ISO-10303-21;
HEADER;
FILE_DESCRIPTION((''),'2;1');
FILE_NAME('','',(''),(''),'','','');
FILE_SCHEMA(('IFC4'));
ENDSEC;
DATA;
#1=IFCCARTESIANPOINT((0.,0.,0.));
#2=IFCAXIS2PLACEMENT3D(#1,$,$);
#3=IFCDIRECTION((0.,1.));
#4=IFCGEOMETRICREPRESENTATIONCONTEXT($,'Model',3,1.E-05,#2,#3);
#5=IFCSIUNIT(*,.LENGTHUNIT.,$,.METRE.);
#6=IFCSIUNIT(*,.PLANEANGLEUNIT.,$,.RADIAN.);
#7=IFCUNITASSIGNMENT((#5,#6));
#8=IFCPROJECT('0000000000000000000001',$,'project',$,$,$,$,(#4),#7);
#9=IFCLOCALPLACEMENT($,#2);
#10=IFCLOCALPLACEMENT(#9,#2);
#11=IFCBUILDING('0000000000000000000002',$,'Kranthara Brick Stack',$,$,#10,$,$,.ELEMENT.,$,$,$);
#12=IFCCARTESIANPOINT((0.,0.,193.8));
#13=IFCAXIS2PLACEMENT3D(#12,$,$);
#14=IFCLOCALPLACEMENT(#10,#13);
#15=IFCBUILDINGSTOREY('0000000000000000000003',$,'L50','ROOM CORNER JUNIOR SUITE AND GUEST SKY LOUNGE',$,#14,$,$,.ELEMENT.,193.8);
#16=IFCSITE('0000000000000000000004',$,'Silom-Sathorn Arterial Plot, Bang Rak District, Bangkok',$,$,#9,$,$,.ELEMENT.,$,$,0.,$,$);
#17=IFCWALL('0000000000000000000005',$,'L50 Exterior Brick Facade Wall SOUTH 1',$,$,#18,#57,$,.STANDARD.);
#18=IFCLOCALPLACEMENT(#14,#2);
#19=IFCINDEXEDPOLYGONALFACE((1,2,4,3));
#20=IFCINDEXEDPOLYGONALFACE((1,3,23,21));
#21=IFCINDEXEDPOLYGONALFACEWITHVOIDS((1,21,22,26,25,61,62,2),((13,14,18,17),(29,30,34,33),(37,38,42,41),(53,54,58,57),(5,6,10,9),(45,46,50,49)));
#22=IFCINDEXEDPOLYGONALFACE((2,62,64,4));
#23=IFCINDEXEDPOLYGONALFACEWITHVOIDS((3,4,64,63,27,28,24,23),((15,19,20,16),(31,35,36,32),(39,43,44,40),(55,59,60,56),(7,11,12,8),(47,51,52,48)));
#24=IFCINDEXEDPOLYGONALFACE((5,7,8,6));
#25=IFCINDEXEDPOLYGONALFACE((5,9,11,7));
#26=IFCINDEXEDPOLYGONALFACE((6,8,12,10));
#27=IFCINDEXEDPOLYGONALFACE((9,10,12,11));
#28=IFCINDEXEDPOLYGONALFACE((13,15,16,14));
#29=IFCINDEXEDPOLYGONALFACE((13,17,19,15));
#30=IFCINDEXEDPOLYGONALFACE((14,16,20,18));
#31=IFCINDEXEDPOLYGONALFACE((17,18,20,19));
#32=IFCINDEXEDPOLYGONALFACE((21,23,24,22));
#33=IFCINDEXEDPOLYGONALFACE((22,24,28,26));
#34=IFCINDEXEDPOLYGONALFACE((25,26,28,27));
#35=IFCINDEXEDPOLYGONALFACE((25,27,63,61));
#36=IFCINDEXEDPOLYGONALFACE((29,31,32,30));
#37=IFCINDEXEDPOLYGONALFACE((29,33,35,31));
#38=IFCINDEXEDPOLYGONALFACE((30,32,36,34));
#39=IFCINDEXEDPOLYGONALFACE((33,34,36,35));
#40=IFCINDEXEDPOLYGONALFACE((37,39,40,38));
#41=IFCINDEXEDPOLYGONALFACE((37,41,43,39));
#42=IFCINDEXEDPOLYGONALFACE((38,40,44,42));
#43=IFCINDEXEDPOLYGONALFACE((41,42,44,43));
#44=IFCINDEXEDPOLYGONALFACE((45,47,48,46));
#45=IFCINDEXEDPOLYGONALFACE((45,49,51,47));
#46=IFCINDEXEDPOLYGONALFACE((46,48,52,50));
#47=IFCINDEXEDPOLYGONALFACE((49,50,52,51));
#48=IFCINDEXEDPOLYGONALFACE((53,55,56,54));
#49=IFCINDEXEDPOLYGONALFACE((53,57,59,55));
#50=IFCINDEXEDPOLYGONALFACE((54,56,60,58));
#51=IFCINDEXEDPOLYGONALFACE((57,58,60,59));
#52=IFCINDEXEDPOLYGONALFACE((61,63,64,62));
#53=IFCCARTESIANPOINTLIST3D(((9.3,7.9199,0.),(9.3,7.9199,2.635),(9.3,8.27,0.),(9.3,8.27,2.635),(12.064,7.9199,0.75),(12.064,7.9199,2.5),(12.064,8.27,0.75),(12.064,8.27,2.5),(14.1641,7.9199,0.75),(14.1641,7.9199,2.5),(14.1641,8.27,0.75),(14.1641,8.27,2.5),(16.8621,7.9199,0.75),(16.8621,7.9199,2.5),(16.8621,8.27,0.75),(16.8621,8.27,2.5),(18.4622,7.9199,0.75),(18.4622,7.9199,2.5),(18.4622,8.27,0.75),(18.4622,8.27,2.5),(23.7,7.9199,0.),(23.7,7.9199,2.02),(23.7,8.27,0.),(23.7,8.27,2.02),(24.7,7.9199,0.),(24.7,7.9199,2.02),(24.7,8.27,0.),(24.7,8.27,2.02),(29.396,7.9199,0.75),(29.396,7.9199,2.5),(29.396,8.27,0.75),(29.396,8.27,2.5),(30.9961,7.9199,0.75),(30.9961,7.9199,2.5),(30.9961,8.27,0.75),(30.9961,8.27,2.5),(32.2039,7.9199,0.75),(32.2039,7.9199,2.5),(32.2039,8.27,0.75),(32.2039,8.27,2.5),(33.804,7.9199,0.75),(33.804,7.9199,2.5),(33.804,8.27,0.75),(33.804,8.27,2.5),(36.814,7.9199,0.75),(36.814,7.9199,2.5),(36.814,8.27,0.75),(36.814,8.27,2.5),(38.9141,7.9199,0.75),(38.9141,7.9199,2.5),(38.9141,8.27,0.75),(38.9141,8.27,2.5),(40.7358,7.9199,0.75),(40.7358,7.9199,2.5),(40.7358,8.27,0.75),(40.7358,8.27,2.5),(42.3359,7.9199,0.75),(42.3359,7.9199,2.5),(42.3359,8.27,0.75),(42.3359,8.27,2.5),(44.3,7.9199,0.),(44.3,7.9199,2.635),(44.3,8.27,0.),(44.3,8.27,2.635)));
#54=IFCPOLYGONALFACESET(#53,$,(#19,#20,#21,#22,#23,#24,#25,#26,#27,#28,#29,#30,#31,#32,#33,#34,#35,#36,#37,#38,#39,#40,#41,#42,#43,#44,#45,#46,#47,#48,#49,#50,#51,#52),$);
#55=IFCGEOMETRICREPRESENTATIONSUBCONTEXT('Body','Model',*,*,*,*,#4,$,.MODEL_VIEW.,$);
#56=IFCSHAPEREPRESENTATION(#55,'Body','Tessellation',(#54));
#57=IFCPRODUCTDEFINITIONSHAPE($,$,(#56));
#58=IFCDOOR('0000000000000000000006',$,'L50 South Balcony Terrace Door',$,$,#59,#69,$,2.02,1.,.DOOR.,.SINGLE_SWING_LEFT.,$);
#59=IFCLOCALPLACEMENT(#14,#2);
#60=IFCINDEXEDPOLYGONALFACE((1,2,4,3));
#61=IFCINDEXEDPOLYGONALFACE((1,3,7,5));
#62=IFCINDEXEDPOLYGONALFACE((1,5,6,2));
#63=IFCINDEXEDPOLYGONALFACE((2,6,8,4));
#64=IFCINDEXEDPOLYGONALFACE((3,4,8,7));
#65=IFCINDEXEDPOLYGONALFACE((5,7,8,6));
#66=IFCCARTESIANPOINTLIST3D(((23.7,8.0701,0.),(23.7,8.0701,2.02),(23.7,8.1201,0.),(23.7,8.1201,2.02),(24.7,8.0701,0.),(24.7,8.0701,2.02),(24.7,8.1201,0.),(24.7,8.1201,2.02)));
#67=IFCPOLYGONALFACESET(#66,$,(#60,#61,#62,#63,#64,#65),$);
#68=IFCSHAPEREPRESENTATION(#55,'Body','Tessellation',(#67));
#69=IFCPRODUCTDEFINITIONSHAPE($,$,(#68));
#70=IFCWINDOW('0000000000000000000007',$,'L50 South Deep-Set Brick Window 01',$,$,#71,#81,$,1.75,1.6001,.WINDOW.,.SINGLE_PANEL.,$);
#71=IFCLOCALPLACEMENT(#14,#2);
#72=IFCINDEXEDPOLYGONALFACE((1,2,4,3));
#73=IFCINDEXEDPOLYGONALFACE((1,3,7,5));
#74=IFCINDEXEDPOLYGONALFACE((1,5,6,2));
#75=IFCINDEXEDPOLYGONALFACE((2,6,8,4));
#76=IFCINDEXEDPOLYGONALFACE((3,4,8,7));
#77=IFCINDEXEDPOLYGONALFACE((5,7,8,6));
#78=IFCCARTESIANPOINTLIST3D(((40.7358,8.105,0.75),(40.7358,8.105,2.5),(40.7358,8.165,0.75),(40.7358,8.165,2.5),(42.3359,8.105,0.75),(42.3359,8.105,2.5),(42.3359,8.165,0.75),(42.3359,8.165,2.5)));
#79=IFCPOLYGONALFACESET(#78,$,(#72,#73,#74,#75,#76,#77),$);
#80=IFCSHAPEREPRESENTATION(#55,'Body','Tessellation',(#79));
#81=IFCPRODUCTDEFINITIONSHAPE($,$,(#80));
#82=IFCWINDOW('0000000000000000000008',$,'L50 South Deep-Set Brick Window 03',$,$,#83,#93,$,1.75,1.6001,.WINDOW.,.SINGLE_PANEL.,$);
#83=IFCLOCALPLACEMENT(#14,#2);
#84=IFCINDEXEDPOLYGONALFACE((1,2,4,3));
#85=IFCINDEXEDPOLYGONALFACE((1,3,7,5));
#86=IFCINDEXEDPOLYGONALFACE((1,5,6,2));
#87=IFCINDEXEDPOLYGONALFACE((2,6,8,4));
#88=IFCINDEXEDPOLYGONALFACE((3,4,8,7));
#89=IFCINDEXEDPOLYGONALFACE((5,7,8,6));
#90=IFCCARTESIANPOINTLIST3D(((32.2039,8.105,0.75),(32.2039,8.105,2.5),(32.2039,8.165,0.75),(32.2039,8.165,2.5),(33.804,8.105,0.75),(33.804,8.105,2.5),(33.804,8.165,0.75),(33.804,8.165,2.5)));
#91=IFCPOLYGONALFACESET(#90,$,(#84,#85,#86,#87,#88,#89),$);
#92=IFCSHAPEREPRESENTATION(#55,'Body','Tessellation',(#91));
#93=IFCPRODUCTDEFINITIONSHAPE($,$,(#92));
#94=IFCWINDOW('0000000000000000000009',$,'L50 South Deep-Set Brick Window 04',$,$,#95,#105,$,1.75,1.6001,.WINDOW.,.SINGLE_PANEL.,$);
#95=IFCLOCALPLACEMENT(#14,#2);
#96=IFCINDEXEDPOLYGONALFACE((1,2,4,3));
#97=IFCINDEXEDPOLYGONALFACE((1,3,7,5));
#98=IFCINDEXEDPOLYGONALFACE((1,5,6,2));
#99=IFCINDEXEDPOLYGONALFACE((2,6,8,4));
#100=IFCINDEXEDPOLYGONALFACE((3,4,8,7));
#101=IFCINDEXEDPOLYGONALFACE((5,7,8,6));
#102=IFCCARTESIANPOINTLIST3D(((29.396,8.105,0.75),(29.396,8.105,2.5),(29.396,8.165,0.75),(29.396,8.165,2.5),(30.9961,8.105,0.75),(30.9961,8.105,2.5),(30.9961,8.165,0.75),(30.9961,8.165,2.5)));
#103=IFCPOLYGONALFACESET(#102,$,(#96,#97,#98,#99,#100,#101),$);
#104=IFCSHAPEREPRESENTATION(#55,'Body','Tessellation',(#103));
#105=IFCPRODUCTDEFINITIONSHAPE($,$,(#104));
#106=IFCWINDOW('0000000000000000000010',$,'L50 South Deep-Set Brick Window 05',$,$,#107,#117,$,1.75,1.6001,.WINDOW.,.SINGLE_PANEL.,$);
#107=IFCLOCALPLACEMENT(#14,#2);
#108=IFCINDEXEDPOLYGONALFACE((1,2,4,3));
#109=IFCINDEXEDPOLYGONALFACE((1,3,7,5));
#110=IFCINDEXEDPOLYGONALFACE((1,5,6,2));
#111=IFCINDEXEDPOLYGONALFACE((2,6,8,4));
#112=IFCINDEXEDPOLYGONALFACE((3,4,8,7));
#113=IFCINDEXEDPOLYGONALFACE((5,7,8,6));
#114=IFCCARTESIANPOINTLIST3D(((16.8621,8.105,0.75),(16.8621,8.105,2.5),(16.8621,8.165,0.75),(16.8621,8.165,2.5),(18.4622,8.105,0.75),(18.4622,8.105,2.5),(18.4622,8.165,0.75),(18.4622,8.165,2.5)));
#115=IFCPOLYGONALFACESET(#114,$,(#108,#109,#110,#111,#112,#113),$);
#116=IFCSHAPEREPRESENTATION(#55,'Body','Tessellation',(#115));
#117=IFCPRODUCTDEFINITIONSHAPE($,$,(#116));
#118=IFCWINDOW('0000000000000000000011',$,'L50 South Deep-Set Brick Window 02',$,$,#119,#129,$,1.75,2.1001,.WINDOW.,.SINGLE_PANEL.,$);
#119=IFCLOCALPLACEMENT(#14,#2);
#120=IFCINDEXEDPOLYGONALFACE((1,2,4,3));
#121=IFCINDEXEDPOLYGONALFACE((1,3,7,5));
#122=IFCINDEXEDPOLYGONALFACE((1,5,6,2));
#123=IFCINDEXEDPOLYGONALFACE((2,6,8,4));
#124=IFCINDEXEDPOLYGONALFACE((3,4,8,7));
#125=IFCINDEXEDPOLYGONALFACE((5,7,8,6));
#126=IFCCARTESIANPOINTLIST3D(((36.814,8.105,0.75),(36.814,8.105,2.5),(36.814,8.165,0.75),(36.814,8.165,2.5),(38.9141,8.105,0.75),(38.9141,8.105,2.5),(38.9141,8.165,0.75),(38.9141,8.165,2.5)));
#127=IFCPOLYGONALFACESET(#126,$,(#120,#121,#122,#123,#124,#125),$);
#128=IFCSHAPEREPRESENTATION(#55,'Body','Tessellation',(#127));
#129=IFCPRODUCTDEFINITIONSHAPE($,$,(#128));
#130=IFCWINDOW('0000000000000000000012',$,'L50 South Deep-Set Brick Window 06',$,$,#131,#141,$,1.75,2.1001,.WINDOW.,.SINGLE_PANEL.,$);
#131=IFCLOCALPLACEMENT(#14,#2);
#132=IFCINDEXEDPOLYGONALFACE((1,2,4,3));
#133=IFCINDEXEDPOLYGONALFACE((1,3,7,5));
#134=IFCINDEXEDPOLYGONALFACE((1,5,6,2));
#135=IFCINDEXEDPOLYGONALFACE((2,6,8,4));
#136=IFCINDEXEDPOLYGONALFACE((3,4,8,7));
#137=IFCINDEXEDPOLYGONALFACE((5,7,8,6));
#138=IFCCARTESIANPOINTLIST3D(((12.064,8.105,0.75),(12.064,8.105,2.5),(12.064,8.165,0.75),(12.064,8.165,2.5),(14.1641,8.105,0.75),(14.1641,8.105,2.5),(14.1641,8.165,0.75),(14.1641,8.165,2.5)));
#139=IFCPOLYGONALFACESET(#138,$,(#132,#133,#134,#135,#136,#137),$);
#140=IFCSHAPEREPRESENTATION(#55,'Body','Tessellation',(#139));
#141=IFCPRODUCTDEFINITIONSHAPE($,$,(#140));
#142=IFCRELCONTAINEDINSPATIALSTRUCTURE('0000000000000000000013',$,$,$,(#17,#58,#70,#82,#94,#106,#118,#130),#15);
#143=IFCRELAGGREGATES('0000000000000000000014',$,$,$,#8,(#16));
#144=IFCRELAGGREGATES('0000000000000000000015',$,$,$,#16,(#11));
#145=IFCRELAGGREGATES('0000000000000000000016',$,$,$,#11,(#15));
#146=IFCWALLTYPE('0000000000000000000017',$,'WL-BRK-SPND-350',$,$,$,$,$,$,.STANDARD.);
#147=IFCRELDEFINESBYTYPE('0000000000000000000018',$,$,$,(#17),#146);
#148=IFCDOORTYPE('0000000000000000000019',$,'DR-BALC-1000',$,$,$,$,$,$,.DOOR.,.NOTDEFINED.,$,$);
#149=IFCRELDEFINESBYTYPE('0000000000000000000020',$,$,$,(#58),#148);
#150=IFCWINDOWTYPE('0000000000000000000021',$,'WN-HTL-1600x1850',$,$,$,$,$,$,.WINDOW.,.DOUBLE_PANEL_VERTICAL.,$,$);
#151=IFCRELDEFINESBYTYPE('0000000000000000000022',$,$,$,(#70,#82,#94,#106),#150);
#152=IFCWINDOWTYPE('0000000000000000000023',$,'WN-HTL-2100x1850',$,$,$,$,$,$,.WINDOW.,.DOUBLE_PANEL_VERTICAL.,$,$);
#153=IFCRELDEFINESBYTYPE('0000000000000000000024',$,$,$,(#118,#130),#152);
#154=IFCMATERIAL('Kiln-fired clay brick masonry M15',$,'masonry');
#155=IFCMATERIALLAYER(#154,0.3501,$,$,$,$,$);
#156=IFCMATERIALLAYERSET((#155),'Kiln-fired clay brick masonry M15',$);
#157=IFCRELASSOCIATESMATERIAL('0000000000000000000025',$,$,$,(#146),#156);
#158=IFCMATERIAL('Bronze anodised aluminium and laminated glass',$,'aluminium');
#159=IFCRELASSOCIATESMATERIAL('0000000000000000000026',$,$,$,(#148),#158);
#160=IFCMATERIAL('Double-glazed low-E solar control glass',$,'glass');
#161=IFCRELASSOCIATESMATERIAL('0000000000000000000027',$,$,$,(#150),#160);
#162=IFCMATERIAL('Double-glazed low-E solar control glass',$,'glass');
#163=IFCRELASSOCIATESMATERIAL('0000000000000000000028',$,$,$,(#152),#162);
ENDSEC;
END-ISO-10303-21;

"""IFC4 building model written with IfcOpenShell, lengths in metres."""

from ifc_helpers import new_model, si_unit, direction, frame, frame_2d, origin, place, context, subcontext, project, spatial, rectangle, extrude, material, layer, layer_set, type_object, element, fill, save


model = new_model("IFC4")

# Units and contexts
model_context = context("Model", 3, precision=1e-05, world=origin(), true_north=direction((0.0, 1.0)))
body_context = subcontext(model_context, "Body", "Model", "MODEL_VIEW")
ifc_project = project(units=[si_unit("LENGTHUNIT", "METRE"), si_unit("PLANEANGLEUNIT", "RADIAN")], contexts=[model_context])

# Site, building, storey
site_placement = place(None, origin())
site = spatial("IfcSite", under=ifc_project, at=site_placement, Name="Silom-Sathorn Arterial Plot, Bang Rak District, Bangkok", CompositionType="ELEMENT", RefElevation=0.0)
building_placement = place(site_placement, origin())
building = spatial("IfcBuilding", under=site, at=building_placement, Name="Kranthara Brick Stack", CompositionType="ELEMENT")
storey_placement = place(building_placement, frame((0.0, 0.0, 193.8)))
storey = spatial("IfcBuildingStorey", under=building, at=storey_placement, Name="L50", Description="ROOM CORNER JUNIOR SUITE AND GUEST SKY LOUNGE", CompositionType="ELEMENT", Elevation=193.8)

# Wall, openings, door, windows
ifc_material_1 = material(Name="Kiln-fired clay brick masonry M15", Category="masonry")
ifc_layer_1 = layer(ifc_material_1, 0.3501)
ifc_layer_set_1 = layer_set([ifc_layer_1], Name="Kiln-fired clay brick masonry M15")
wall_type_1 = type_object("IfcWallType", Name="WL-BRK-SPND-350", PredefinedType="STANDARD", material=ifc_layer_set_1)
wall_1_placement = place(storey_placement, frame((44.3, 8.095, 0.0), z_axis=(0.0, 0.0, 1.0), x_axis=(-1.0, 0.0, 0.0)))
wall_1 = element("IfcWall", 1, at=wall_1_placement, inside=storey, type_object=wall_type_1, Name="L50 Exterior Brick Facade Wall SOUTH 1", PredefinedType="STANDARD", context=body_context, shape_type="SweptSolid", body=[
    extrude(rectangle(XDim=35.0, YDim=0.3501, at=frame_2d((17.5, 0.0))), origin(), (0.0, 0.0, 1.0), 2.635),
])
opening_1_placement = place(wall_1_placement, frame((19.6001, 0.0, 0.0)))
opening_1 = element("IfcOpeningElement", 2, at=opening_1_placement, cuts=wall_1, PredefinedType="OPENING", context=body_context, shape_type="SweptSolid", body=[
    extrude(rectangle(XDim=1.0, YDim=2.02, at=frame_2d((0.5, 1.01))), frame((0.0, 0.1851, 0.0), z_axis=(0.0, -1.0, 0.0), x_axis=(1.0, 0.0, 0.0)), (0.0, 0.0, 1.0), 0.3701),
])
opening_2_placement = place(wall_1_placement, frame((1.9641, 0.0, 0.75)))
opening_2 = element("IfcOpeningElement", 3, at=opening_2_placement, cuts=wall_1, PredefinedType="OPENING", context=body_context, shape_type="SweptSolid", body=[
    extrude(rectangle(XDim=1.6001, YDim=1.75, at=frame_2d((0.8, 0.875))), frame((0.0, 0.1851, 0.0), z_axis=(0.0, -1.0, 0.0), x_axis=(1.0, 0.0, 0.0)), (0.0, 0.0, 1.0), 0.3701),
])
opening_3_placement = place(wall_1_placement, frame((5.386, 0.0, 0.75)))
opening_3 = element("IfcOpeningElement", 4, at=opening_3_placement, cuts=wall_1, PredefinedType="OPENING", context=body_context, shape_type="SweptSolid", body=[
    extrude(rectangle(XDim=2.1001, YDim=1.75, at=frame_2d((1.05, 0.875))), frame((0.0, 0.1851, 0.0), z_axis=(0.0, -1.0, 0.0), x_axis=(1.0, 0.0, 0.0)), (0.0, 0.0, 1.0), 0.3701),
])
opening_4_placement = place(wall_1_placement, frame((10.4961, 0.0, 0.75)))
opening_4 = element("IfcOpeningElement", 5, at=opening_4_placement, cuts=wall_1, PredefinedType="OPENING", context=body_context, shape_type="SweptSolid", body=[
    extrude(rectangle(XDim=1.6001, YDim=1.75, at=frame_2d((0.8, 0.875))), frame((0.0, 0.1851, 0.0), z_axis=(0.0, -1.0, 0.0), x_axis=(1.0, 0.0, 0.0)), (0.0, 0.0, 1.0), 0.3701),
])
opening_5_placement = place(wall_1_placement, frame((13.304, 0.0, 0.75)))
opening_5 = element("IfcOpeningElement", 6, at=opening_5_placement, cuts=wall_1, PredefinedType="OPENING", context=body_context, shape_type="SweptSolid", body=[
    extrude(rectangle(XDim=1.6001, YDim=1.75, at=frame_2d((0.8, 0.875))), frame((0.0, 0.1851, 0.0), z_axis=(0.0, -1.0, 0.0), x_axis=(1.0, 0.0, 0.0)), (0.0, 0.0, 1.0), 0.3701),
])
opening_6_placement = place(wall_1_placement, frame((25.8379, 0.0, 0.75)))
opening_6 = element("IfcOpeningElement", 7, at=opening_6_placement, cuts=wall_1, PredefinedType="OPENING", context=body_context, shape_type="SweptSolid", body=[
    extrude(rectangle(XDim=1.6001, YDim=1.75, at=frame_2d((0.8, 0.875))), frame((0.0, 0.1851, 0.0), z_axis=(0.0, -1.0, 0.0), x_axis=(1.0, 0.0, 0.0)), (0.0, 0.0, 1.0), 0.3701),
])
opening_7_placement = place(wall_1_placement, frame((30.136, 0.0, 0.75)))
opening_7 = element("IfcOpeningElement", 8, at=opening_7_placement, cuts=wall_1, PredefinedType="OPENING", context=body_context, shape_type="SweptSolid", body=[
    extrude(rectangle(XDim=2.1001, YDim=1.75, at=frame_2d((1.05, 0.875))), frame((0.0, 0.1851, 0.0), z_axis=(0.0, -1.0, 0.0), x_axis=(1.0, 0.0, 0.0)), (0.0, 0.0, 1.0), 0.3701),
])
ifc_material_2 = material(Name="Bronze anodised aluminium and laminated glass", Category="aluminium")
door_type = type_object("IfcDoorType", Name="DR-BALC-1000", OperationType="NOTDEFINED", PredefinedType="DOOR", material=ifc_material_2)
door_placement = place(opening_1_placement, origin())
door = element("IfcDoor", 9, at=door_placement, inside=storey, type_object=door_type, Name="L50 South Balcony Terrace Door", OperationType="SINGLE_SWING_LEFT", OverallHeight=2.02, OverallWidth=1.0, PredefinedType="DOOR", context=body_context, shape_type="SweptSolid", body=[
    extrude(rectangle(XDim=1.0, YDim=2.02, at=frame_2d((0.5, 1.01))), frame((0.0, 0.0249, 0.0), z_axis=(0.0, -1.0, 0.0), x_axis=(1.0, 0.0, 0.0)), (0.0, 0.0, 1.0), 0.05),
])
fill(opening_1, door)
ifc_material_3 = material(Name="Double-glazed low-E solar control glass", Category="glass")
window_type_1 = type_object("IfcWindowType", Name="WN-HTL-1600x1850", PartitioningType="DOUBLE_PANEL_VERTICAL", PredefinedType="WINDOW", material=ifc_material_3)
window_1_placement = place(opening_2_placement, origin())
window_1 = element("IfcWindow", 10, at=window_1_placement, inside=storey, type_object=window_type_1, Name="L50 South Deep-Set Brick Window 01", OverallHeight=1.75, OverallWidth=1.6001, PartitioningType="SINGLE_PANEL", PredefinedType="WINDOW", context=body_context, shape_type="SweptSolid", body=[
    extrude(rectangle(XDim=1.6001, YDim=1.75, at=frame_2d((0.8, 0.875))), frame((0.0, -0.01, 0.0), z_axis=(0.0, -1.0, 0.0), x_axis=(1.0, 0.0, 0.0)), (0.0, 0.0, 1.0), 0.0601),
])
fill(opening_2, window_1)
window_2_placement = place(opening_4_placement, origin())
window_2 = element("IfcWindow", 11, at=window_2_placement, inside=storey, type_object=window_type_1, Name="L50 South Deep-Set Brick Window 03", OverallHeight=1.75, OverallWidth=1.6001, PartitioningType="SINGLE_PANEL", PredefinedType="WINDOW", context=body_context, shape_type="SweptSolid", body=[
    extrude(rectangle(XDim=1.6001, YDim=1.75, at=frame_2d((0.8, 0.875))), frame((0.0, -0.01, 0.0), z_axis=(0.0, -1.0, 0.0), x_axis=(1.0, 0.0, 0.0)), (0.0, 0.0, 1.0), 0.0601),
])
fill(opening_4, window_2)
window_3_placement = place(opening_5_placement, origin())
window_3 = element("IfcWindow", 12, at=window_3_placement, inside=storey, type_object=window_type_1, Name="L50 South Deep-Set Brick Window 04", OverallHeight=1.75, OverallWidth=1.6001, PartitioningType="SINGLE_PANEL", PredefinedType="WINDOW", context=body_context, shape_type="SweptSolid", body=[
    extrude(rectangle(XDim=1.6001, YDim=1.75, at=frame_2d((0.8, 0.875))), frame((0.0, -0.01, 0.0), z_axis=(0.0, -1.0, 0.0), x_axis=(1.0, 0.0, 0.0)), (0.0, 0.0, 1.0), 0.0601),
])
fill(opening_5, window_3)
window_4_placement = place(opening_6_placement, origin())
window_4 = element("IfcWindow", 13, at=window_4_placement, inside=storey, type_object=window_type_1, Name="L50 South Deep-Set Brick Window 05", OverallHeight=1.75, OverallWidth=1.6001, PartitioningType="SINGLE_PANEL", PredefinedType="WINDOW", context=body_context, shape_type="SweptSolid", body=[
    extrude(rectangle(XDim=1.6001, YDim=1.75, at=frame_2d((0.8, 0.875))), frame((0.0, -0.01, 0.0), z_axis=(0.0, -1.0, 0.0), x_axis=(1.0, 0.0, 0.0)), (0.0, 0.0, 1.0), 0.0601),
])
fill(opening_6, window_4)
ifc_material_4 = material(Name="Double-glazed low-E solar control glass", Category="glass")
window_type_2 = type_object("IfcWindowType", Name="WN-HTL-2100x1850", PartitioningType="DOUBLE_PANEL_VERTICAL", PredefinedType="WINDOW", material=ifc_material_4)
window_5_placement = place(opening_3_placement, origin())
window_5 = element("IfcWindow", 14, at=window_5_placement, inside=storey, type_object=window_type_2, Name="L50 South Deep-Set Brick Window 02", OverallHeight=1.75, OverallWidth=2.1001, PartitioningType="SINGLE_PANEL", PredefinedType="WINDOW", context=body_context, shape_type="SweptSolid", body=[
    extrude(rectangle(XDim=2.1001, YDim=1.75, at=frame_2d((1.05, 0.875))), frame((0.0, -0.01, 0.0), z_axis=(0.0, -1.0, 0.0), x_axis=(1.0, 0.0, 0.0)), (0.0, 0.0, 1.0), 0.0601),
])
fill(opening_3, window_5)
window_6_placement = place(opening_7_placement, origin())
window_6 = element("IfcWindow", 15, at=window_6_placement, inside=storey, type_object=window_type_2, Name="L50 South Deep-Set Brick Window 06", OverallHeight=1.75, OverallWidth=2.1001, PartitioningType="SINGLE_PANEL", PredefinedType="WINDOW", context=body_context, shape_type="SweptSolid", body=[
    extrude(rectangle(XDim=2.1001, YDim=1.75, at=frame_2d((1.05, 0.875))), frame((0.0, -0.01, 0.0), z_axis=(0.0, -1.0, 0.0), x_axis=(1.0, 0.0, 0.0)), (0.0, 0.0, 1.0), 0.0601),
])
fill(opening_7, window_6)

save(model, "model.ifc")
